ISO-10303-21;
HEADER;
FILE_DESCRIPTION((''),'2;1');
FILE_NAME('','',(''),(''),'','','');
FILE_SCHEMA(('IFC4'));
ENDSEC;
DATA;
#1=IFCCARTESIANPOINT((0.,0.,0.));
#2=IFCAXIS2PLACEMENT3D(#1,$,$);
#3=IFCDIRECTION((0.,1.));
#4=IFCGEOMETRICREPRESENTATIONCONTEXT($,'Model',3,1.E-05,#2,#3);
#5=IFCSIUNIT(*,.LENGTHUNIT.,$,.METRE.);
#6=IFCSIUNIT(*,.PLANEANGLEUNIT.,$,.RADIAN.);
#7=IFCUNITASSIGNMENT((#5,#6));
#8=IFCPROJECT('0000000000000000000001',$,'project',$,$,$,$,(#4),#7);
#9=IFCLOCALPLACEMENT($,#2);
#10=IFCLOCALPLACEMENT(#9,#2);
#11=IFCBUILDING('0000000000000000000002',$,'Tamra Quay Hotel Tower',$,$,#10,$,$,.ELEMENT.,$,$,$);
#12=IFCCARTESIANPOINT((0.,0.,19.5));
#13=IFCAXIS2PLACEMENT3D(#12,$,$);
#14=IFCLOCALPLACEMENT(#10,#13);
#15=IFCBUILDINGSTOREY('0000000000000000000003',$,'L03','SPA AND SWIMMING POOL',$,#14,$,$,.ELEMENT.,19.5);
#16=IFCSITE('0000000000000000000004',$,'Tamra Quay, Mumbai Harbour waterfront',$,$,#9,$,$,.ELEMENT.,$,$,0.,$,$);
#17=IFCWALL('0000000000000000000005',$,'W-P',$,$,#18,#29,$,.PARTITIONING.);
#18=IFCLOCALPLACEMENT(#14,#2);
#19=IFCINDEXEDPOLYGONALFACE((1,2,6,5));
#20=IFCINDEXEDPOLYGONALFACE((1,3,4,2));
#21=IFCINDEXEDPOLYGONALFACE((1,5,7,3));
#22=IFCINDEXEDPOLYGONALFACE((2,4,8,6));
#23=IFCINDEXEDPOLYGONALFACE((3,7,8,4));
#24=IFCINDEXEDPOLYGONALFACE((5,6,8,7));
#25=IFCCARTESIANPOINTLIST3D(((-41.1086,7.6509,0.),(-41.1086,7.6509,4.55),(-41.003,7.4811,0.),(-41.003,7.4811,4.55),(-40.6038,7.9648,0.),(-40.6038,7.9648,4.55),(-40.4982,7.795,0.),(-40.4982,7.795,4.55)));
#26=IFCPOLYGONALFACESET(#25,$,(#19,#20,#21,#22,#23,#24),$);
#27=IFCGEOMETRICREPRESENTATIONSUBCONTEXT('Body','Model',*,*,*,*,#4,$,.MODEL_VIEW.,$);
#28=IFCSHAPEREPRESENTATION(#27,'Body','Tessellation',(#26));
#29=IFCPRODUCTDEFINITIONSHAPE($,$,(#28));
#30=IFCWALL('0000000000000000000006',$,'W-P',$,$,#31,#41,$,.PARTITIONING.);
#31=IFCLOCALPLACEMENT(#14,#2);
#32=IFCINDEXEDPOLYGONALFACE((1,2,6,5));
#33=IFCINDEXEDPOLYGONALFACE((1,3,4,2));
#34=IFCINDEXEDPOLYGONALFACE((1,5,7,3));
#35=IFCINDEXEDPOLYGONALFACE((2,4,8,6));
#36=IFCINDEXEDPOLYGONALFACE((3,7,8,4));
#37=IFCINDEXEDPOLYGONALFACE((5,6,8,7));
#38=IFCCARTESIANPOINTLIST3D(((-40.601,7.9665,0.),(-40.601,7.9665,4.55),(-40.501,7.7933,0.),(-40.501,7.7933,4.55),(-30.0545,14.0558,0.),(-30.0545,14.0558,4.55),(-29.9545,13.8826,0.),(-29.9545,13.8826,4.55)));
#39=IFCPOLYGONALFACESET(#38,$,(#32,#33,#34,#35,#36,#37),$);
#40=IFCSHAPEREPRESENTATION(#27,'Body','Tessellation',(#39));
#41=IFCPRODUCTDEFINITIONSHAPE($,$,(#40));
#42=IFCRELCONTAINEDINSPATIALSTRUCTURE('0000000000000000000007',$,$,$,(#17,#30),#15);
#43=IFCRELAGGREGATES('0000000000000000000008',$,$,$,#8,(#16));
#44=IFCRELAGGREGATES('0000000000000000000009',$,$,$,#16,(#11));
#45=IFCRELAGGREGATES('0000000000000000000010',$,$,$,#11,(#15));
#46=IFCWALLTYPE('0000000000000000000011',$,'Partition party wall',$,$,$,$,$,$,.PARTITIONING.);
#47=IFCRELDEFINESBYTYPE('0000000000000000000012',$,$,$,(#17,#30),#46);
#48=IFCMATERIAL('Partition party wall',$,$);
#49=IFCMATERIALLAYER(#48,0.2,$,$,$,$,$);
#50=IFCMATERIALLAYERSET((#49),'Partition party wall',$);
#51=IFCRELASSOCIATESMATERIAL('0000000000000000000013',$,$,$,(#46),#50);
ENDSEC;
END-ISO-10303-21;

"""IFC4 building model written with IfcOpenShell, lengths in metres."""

from ifc_helpers import new_model, si_unit, direction, frame, frame_2d, origin, place, context, subcontext, project, spatial, rectangle, extrude, material, layer, layer_set, type_object, element, save


model = new_model("IFC4")

# Units and contexts
model_context = context("Model", 3, precision=1e-05, world=origin(), true_north=direction((0.0, 1.0)))
body_context = subcontext(model_context, "Body", "Model", "MODEL_VIEW")
ifc_project = project(units=[si_unit("LENGTHUNIT", "METRE"), si_unit("PLANEANGLEUNIT", "RADIAN")], contexts=[model_context])

# Site, building, storey
site_placement = place(None, origin())
site = spatial("IfcSite", under=ifc_project, at=site_placement, Name="Tamra Quay, Mumbai Harbour waterfront", CompositionType="ELEMENT", RefElevation=0.0)
building_placement = place(site_placement, origin())
building = spatial("IfcBuilding", under=site, at=building_placement, Name="Tamra Quay Hotel Tower", CompositionType="ELEMENT")
storey_placement = place(building_placement, frame((0.0, 0.0, 19.5)))
storey = spatial("IfcBuildingStorey", under=building, at=storey_placement, Name="L03", Description="SPA AND SWIMMING POOL", CompositionType="ELEMENT", Elevation=19.5)

# Walls
ifc_material_1 = material(Name="Partition party wall")
ifc_layer_1 = layer(ifc_material_1, 0.2)
ifc_layer_set_1 = layer_set([ifc_layer_1], Name="Partition party wall")
wall_type_1 = type_object("IfcWallType", Name="Partition party wall", PredefinedType="PARTITIONING", material=ifc_layer_set_1)
wall_1_placement = place(storey_placement, frame((-41.0559, 7.5659, 0.0), z_axis=(0.0, 0.0, 1.0), x_axis=(0.849196, 0.528078, 0.0)))
element("IfcWall", 1, at=wall_1_placement, inside=storey, type_object=wall_type_1, Name="W-P", PredefinedType="PARTITIONING", context=body_context, shape_type="SweptSolid", body=[
    extrude(rectangle(XDim=0.5945, YDim=0.2, at=frame_2d((0.2974, 0.0))), origin(), (0.0, 0.0, 1.0), 4.55),
])
wall_2_placement = place(storey_placement, frame((-40.551, 7.8799, 0.0), z_axis=(0.0, 0.0, 1.0), x_axis=(0.866016, 0.500016, 0.0)))
element("IfcWall", 2, at=wall_2_placement, inside=storey, type_object=wall_type_1, Name="W-P", PredefinedType="PARTITIONING", context=body_context, shape_type="SweptSolid", body=[
    extrude(rectangle(XDim=12.1782, YDim=0.2, at=frame_2d((6.0891, 0.0))), origin(), (0.0, 0.0, 1.0), 4.55),
])

save(model, "model.ifc")
